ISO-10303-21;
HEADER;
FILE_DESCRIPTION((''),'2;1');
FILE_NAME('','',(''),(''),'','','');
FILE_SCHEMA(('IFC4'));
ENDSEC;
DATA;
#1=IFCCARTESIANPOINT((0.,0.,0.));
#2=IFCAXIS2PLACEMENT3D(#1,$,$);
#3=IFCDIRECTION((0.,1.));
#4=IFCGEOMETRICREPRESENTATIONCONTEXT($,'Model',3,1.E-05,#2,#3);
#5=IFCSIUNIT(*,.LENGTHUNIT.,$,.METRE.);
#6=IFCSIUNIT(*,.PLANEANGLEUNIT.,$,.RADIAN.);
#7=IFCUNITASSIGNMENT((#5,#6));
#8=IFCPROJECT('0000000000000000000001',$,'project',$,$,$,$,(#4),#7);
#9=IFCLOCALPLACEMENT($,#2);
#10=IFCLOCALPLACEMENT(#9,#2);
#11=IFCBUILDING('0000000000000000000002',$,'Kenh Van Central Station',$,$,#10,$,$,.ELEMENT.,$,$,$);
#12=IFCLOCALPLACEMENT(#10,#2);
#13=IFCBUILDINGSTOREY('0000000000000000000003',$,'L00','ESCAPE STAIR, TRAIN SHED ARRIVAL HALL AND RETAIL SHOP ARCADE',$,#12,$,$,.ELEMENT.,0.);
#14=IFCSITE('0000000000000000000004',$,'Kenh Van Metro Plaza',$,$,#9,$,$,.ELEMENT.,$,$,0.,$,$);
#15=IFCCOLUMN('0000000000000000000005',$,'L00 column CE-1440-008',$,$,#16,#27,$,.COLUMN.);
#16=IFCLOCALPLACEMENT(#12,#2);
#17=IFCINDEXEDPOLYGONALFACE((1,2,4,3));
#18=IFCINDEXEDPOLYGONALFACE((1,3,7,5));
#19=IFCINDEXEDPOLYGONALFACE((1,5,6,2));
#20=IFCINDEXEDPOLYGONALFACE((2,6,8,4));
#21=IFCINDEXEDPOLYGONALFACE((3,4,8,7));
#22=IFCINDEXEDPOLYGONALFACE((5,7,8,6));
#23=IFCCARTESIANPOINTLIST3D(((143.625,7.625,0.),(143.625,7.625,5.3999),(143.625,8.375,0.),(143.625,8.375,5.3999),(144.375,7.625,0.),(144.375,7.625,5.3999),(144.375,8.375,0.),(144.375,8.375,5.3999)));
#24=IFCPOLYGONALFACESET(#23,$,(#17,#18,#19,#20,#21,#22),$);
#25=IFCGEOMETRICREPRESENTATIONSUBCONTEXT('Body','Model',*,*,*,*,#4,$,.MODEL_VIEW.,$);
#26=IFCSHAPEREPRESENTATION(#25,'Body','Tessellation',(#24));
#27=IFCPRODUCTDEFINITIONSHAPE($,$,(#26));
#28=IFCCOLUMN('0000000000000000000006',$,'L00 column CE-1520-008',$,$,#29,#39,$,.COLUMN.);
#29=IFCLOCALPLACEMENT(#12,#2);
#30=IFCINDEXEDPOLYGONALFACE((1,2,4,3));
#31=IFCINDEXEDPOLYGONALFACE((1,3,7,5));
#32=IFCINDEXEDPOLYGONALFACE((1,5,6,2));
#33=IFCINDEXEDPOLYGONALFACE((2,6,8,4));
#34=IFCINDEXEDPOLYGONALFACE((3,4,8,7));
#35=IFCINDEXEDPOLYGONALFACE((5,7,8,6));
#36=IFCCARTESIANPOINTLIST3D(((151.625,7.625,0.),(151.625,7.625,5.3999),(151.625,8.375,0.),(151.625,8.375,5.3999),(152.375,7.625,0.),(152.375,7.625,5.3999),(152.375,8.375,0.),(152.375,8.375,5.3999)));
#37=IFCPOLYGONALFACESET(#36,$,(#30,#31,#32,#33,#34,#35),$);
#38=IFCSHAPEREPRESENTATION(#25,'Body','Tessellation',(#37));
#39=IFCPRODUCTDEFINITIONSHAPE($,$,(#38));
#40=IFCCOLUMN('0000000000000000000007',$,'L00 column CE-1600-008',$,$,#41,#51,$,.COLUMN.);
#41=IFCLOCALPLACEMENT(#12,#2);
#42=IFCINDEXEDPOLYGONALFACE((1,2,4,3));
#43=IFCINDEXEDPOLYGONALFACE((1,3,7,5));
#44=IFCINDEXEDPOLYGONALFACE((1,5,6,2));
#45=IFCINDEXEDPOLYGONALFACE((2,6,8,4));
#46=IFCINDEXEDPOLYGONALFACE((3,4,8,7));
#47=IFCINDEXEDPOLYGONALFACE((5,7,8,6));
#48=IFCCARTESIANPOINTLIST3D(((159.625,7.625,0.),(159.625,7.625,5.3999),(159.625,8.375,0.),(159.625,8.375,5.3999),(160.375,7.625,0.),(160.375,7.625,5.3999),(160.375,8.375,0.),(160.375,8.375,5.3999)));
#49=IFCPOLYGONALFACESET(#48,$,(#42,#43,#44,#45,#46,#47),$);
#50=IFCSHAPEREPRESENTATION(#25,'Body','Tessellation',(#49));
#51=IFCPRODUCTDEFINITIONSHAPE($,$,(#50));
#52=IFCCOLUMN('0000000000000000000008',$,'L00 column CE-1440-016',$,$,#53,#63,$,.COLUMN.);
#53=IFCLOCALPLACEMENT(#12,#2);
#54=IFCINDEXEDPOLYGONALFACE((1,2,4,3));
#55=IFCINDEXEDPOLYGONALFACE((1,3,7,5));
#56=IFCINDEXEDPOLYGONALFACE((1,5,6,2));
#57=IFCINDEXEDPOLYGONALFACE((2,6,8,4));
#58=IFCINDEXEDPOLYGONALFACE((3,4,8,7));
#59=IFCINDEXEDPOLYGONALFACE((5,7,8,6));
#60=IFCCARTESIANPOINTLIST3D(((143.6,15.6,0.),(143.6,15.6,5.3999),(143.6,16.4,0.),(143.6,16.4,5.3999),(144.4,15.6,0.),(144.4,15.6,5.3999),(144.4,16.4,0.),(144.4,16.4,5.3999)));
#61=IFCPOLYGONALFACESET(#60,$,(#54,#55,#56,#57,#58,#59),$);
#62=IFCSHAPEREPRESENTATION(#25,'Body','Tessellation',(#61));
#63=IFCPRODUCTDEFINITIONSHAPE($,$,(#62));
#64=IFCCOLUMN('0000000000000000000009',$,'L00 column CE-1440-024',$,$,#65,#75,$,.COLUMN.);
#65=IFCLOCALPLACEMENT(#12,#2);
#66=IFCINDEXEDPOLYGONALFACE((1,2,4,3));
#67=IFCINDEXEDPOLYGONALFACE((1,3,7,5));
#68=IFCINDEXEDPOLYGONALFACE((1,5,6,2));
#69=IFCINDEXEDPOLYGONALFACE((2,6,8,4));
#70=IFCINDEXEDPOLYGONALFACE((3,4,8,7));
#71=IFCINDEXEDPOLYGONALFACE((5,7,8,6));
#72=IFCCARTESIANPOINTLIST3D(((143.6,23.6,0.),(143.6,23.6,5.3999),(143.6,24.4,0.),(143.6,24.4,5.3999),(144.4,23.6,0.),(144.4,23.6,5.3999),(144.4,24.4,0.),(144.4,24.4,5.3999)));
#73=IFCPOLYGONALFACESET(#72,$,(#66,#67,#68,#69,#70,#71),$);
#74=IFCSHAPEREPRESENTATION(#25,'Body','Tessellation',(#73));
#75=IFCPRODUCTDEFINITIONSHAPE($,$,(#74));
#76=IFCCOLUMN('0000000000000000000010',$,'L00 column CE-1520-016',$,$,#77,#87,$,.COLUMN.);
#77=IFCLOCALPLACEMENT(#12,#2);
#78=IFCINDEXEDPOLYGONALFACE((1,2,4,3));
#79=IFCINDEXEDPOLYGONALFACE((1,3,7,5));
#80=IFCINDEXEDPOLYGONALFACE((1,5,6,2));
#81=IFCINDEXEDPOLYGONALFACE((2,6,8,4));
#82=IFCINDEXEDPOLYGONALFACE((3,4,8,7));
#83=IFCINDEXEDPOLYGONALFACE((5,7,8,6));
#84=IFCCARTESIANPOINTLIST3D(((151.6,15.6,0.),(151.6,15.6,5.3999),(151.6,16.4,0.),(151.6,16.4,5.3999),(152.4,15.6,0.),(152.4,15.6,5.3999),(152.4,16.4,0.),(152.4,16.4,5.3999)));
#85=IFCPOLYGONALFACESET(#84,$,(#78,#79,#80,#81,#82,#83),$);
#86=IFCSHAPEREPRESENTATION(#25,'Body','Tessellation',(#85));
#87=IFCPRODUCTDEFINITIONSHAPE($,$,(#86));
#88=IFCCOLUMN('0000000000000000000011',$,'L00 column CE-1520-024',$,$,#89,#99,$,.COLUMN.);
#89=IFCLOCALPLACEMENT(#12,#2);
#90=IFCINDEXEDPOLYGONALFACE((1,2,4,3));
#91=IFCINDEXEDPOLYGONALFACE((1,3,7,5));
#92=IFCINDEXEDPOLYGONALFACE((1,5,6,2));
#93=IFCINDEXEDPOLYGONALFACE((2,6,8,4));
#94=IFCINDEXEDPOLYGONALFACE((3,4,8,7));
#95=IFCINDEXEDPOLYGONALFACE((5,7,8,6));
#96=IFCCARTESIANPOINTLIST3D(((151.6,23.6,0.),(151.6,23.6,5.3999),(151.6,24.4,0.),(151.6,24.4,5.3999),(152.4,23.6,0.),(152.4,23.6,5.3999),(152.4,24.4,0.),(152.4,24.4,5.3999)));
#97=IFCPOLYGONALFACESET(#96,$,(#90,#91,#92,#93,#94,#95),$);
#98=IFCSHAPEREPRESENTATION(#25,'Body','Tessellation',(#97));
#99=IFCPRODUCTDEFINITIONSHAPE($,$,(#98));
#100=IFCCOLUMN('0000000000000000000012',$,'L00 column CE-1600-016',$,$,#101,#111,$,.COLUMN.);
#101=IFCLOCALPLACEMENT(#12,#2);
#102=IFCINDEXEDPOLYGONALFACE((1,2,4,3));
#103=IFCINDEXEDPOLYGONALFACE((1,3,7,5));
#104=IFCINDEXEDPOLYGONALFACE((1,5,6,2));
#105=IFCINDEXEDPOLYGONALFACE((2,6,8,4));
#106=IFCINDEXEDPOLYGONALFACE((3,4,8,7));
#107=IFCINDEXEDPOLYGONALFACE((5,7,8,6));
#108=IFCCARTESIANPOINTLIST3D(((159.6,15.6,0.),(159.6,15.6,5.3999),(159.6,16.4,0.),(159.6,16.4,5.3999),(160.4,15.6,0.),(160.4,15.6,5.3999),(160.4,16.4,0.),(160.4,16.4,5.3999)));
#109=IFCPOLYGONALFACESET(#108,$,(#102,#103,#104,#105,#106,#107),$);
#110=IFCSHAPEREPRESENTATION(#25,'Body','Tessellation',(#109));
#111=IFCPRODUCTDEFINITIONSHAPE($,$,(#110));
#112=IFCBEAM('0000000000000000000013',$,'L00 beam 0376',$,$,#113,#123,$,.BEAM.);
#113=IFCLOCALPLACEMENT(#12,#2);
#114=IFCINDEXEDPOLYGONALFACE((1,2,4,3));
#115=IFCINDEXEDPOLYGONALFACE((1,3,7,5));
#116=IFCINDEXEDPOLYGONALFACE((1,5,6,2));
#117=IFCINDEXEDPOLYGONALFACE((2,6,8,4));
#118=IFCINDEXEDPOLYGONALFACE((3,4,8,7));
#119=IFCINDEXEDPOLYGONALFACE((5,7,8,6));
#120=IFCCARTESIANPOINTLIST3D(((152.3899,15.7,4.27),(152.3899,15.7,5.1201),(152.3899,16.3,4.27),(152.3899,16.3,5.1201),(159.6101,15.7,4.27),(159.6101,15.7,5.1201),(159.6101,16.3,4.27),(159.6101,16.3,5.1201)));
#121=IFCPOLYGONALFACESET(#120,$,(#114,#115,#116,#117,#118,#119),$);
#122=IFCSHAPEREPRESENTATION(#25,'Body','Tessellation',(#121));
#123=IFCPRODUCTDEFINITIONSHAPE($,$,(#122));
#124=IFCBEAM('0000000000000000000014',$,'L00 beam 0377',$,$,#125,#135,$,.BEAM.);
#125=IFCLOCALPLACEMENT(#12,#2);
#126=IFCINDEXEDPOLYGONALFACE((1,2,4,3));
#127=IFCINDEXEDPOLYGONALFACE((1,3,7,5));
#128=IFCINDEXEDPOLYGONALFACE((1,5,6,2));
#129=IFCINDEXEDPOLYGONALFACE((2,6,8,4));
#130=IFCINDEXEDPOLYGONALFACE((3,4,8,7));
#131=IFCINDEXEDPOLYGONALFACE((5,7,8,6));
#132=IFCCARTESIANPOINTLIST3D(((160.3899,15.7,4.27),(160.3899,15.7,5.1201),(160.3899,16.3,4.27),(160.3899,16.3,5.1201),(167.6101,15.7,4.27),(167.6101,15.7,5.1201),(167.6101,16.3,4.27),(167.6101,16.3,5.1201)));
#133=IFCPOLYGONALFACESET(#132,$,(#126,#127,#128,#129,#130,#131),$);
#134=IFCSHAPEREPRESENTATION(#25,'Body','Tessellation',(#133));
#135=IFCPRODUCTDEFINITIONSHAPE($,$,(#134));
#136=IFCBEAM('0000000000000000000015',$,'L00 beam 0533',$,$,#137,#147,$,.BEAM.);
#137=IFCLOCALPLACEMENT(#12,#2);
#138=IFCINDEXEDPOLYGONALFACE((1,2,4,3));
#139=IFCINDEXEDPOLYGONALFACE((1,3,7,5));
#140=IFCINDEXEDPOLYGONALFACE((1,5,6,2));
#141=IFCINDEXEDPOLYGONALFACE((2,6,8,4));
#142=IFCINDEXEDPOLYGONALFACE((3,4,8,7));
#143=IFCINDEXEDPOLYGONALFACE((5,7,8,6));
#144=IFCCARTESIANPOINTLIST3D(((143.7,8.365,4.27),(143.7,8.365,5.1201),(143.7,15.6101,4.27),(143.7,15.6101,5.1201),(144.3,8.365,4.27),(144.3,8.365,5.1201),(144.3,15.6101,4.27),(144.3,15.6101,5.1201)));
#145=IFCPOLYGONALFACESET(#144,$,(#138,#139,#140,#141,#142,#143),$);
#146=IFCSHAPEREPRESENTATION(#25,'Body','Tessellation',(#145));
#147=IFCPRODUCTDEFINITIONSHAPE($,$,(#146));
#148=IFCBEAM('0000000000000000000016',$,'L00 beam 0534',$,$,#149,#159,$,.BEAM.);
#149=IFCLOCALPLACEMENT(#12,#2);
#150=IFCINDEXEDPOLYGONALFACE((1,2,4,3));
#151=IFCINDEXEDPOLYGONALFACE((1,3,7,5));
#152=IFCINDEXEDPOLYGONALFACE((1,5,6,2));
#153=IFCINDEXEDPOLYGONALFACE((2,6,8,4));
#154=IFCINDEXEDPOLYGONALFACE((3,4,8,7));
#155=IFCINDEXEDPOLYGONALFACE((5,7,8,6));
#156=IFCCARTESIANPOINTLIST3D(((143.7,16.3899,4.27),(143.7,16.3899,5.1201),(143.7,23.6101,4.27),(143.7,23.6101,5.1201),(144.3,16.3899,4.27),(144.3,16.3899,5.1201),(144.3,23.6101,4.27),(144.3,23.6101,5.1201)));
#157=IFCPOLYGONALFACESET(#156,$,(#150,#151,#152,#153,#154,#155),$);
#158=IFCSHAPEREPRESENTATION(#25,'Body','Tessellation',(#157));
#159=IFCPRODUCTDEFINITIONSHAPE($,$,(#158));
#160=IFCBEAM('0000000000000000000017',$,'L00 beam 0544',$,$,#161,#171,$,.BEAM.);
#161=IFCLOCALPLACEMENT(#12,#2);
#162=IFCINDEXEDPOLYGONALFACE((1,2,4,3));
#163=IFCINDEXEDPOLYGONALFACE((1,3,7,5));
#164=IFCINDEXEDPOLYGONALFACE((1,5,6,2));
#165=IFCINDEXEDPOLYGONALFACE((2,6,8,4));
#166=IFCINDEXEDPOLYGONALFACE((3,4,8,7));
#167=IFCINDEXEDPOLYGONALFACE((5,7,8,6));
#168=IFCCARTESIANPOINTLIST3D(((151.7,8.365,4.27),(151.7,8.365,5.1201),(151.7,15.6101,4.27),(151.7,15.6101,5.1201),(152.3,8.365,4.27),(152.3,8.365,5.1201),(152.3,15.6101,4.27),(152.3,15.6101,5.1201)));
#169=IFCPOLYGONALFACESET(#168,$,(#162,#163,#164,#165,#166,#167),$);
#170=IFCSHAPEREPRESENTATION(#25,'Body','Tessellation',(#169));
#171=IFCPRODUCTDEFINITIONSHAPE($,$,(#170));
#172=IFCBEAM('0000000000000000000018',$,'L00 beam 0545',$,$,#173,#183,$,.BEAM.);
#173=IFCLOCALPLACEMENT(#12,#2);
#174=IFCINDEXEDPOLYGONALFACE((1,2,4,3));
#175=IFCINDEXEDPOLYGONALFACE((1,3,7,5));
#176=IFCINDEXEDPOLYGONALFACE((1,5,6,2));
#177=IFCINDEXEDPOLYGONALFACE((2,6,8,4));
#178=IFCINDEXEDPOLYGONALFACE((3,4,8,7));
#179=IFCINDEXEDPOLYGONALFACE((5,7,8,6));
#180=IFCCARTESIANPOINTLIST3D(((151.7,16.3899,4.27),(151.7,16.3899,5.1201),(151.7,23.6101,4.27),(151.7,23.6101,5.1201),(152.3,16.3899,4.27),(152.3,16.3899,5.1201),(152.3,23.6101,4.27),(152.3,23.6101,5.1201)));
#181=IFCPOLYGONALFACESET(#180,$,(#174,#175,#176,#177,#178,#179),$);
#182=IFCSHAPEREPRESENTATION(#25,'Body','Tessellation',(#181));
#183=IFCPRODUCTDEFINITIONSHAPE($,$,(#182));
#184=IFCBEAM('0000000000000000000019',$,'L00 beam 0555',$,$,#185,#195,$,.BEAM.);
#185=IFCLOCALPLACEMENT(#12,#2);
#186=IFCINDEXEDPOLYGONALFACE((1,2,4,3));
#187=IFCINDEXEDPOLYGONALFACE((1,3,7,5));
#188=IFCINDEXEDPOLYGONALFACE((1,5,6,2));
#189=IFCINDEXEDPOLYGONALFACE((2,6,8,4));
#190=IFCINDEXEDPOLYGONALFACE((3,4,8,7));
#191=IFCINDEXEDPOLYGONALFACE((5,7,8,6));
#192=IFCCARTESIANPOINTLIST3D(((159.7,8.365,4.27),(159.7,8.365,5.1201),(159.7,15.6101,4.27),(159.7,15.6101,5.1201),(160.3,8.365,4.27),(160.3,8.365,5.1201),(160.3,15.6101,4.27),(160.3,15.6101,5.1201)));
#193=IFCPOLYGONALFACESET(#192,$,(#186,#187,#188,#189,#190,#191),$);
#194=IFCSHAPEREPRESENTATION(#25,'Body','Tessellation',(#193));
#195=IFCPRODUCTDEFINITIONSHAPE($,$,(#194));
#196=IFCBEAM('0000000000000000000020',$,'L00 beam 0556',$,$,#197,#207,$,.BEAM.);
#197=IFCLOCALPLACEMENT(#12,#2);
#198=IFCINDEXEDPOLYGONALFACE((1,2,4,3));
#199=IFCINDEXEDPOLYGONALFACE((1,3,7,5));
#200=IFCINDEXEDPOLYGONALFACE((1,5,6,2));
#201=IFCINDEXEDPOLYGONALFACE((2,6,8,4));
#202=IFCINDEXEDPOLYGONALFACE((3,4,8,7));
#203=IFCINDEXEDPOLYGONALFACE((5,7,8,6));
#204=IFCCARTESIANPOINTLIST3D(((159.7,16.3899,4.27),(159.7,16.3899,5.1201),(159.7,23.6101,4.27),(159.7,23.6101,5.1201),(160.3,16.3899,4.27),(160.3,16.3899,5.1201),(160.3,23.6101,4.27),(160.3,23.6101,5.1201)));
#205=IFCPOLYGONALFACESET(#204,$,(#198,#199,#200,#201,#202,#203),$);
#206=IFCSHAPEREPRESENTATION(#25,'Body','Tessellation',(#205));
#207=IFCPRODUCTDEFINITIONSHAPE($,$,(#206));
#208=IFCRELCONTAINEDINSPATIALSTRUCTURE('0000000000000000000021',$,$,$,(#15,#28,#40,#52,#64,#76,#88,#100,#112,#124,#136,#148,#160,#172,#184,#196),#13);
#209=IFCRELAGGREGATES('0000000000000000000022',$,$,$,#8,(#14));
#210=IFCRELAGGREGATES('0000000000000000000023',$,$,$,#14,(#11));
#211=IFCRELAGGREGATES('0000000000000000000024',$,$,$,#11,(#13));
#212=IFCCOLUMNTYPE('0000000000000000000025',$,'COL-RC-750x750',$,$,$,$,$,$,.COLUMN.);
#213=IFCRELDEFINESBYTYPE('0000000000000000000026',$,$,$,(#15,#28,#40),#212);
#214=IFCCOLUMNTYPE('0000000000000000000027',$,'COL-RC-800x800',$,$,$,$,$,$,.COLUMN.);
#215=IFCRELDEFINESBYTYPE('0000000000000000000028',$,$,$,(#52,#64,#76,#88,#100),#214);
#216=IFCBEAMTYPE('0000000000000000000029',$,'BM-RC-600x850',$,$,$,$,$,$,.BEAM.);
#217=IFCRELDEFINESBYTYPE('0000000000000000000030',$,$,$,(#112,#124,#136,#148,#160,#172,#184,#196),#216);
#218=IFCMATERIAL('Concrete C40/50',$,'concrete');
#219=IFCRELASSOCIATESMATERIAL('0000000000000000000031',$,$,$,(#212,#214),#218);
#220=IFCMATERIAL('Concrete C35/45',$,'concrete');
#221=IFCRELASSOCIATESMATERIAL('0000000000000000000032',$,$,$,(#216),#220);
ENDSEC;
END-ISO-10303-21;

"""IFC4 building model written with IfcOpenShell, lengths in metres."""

from ifc_helpers import new_model, si_unit, direction, frame, origin, origin_2d, place, context, subcontext, project, spatial, rectangle, extrude, material, material_profile, profile_set, type_object, element, save


model = new_model("IFC4")

# Units and contexts
model_context = context("Model", 3, precision=1e-05, world=origin(), true_north=direction((0.0, 1.0)))
body_context = subcontext(model_context, "Body", "Model", "MODEL_VIEW")
ifc_project = project(units=[si_unit("LENGTHUNIT", "METRE"), si_unit("PLANEANGLEUNIT", "RADIAN")], contexts=[model_context])

# Site, building, storey
site_placement = place(None, origin())
site = spatial("IfcSite", under=ifc_project, at=site_placement, Name="Kenh Van Metro Plaza", CompositionType="ELEMENT", RefElevation=0.0)
building_placement = place(site_placement, origin())
building = spatial("IfcBuilding", under=site, at=building_placement, Name="Kenh Van Central Station", CompositionType="ELEMENT")
storey_placement = place(building_placement, origin())
storey = spatial("IfcBuildingStorey", under=building, at=storey_placement, Name="L00", Description="ESCAPE STAIR, TRAIN SHED ARRIVAL HALL AND RETAIL SHOP ARCADE", CompositionType="ELEMENT", Elevation=0.0)

# Columns
ifc_material_1 = material(Name="Concrete C40/50", Category="concrete")
ifc_material_profile_1 = material_profile(ifc_material_1, rectangle(XDim=0.75, YDim=0.75, at=origin_2d()), Name="RC 750x750")
ifc_profile_set_1 = profile_set([ifc_material_profile_1], Name="Concrete C40/50")
column_type_1 = type_object("IfcColumnType", Name="COL-RC-750x750", PredefinedType="COLUMN", material=ifc_profile_set_1)
for number, where, z_axis, x_axis, name in (
    (1, (144.0, 8.0, 0.0), (0.0, 0.0, 1.0), (1.0, 0.0, 0.0), "L00 column CE-1440-008"),
    (2, (152.0, 8.0, 0.0), (0.0, 0.0, 1.0), (1.0, 0.0, 0.0), "L00 column CE-1520-008"),
    (3, (160.0, 8.0, 0.0), (0.0, 0.0, 1.0), (1.0, 0.0, 0.0), "L00 column CE-1600-008"),
):
    element("IfcColumn", number, at=place(storey_placement, frame(where, z_axis=z_axis, x_axis=x_axis)), inside=storey, type_object=column_type_1, Name=name, PredefinedType="COLUMN", context=body_context, shape_type="SweptSolid", body=[
        extrude(rectangle(XDim=0.75, YDim=0.75, at=origin_2d()), origin(), (0.0, 0.0, 1.0), 5.3999),
    ])
ifc_material_profile_2 = material_profile(ifc_material_1, rectangle(XDim=0.8, YDim=0.8, at=origin_2d()), Name="RC 800x800")
ifc_profile_set_2 = profile_set([ifc_material_profile_2], Name="Concrete C40/50")
column_type_2 = type_object("IfcColumnType", Name="COL-RC-800x800", PredefinedType="COLUMN", material=ifc_profile_set_2)
for number, where, z_axis, x_axis, name in (
    (4, (144.0, 16.0, 0.0), (0.0, 0.0, 1.0), (1.0, 0.0, 0.0), "L00 column CE-1440-016"),
    (5, (144.0, 24.0, 0.0), (0.0, 0.0, 1.0), (1.0, 0.0, 0.0), "L00 column CE-1440-024"),
    (6, (152.0, 16.0, 0.0), (0.0, 0.0, 1.0), (1.0, 0.0, 0.0), "L00 column CE-1520-016"),
    (7, (152.0, 24.0, 0.0), (0.0, 0.0, 1.0), (1.0, 0.0, 0.0), "L00 column CE-1520-024"),
    (8, (160.0, 16.0, 0.0), (0.0, 0.0, 1.0), (1.0, 0.0, 0.0), "L00 column CE-1600-016"),
):
    element("IfcColumn", number, at=place(storey_placement, frame(where, z_axis=z_axis, x_axis=x_axis)), inside=storey, type_object=column_type_2, Name=name, PredefinedType="COLUMN", context=body_context, shape_type="SweptSolid", body=[
        extrude(rectangle(XDim=0.8, YDim=0.8, at=origin_2d()), origin(), (0.0, 0.0, 1.0), 5.3999),
    ])

# Beams
ifc_material_2 = material(Name="Concrete C35/45", Category="concrete")
ifc_material_profile_3 = material_profile(ifc_material_2, rectangle(XDim=0.6001, YDim=0.8501, at=origin_2d()), Name="RC 600x850")
ifc_profile_set_3 = profile_set([ifc_material_profile_3], Name="Concrete C35/45")
beam_type_1 = type_object("IfcBeamType", Name="BM-RC-600x850", PredefinedType="BEAM", material=ifc_profile_set_3)
for number, where, z_axis, x_axis, name in (
    (9, (152.3899, 16.0, 4.6951), (1.0, 0.0, 0.0), (0.0, 1.0, 0.0), "L00 beam 0376"),
    (10, (160.3899, 16.0, 4.6951), (1.0, 0.0, 0.0), (0.0, 1.0, 0.0), "L00 beam 0377"),
):
    element("IfcBeam", number, at=place(storey_placement, frame(where, z_axis=z_axis, x_axis=x_axis)), inside=storey, type_object=beam_type_1, Name=name, PredefinedType="BEAM", context=body_context, shape_type="SweptSolid", body=[
        extrude(rectangle(XDim=0.6001, YDim=0.8501, at=origin_2d()), origin(), (0.0, 0.0, 1.0), 7.2202),
    ])
beam_1_placement = place(storey_placement, frame((144.0, 8.365, 4.6951), z_axis=(0.0, 1.0, 0.0), x_axis=(-1.0, 0.0, 0.0)))
element("IfcBeam", 11, at=beam_1_placement, inside=storey, type_object=beam_type_1, Name="L00 beam 0533", PredefinedType="BEAM", context=body_context, shape_type="SweptSolid", body=[
    extrude(rectangle(XDim=0.6001, YDim=0.8501, at=origin_2d()), origin(), (0.0, 0.0, 1.0), 7.2451),
])
beam_2_placement = place(storey_placement, frame((144.0, 16.3899, 4.6951), z_axis=(0.0, 1.0, 0.0), x_axis=(-1.0, 0.0, 0.0)))
element("IfcBeam", 12, at=beam_2_placement, inside=storey, type_object=beam_type_1, Name="L00 beam 0534", PredefinedType="BEAM", context=body_context, shape_type="SweptSolid", body=[
    extrude(rectangle(XDim=0.6001, YDim=0.8501, at=origin_2d()), origin(), (0.0, 0.0, 1.0), 7.2202),
])
beam_3_placement = place(storey_placement, frame((152.0, 8.365, 4.6951), z_axis=(0.0, 1.0, 0.0), x_axis=(-1.0, 0.0, 0.0)))
element("IfcBeam", 13, at=beam_3_placement, inside=storey, type_object=beam_type_1, Name="L00 beam 0544", PredefinedType="BEAM", context=body_context, shape_type="SweptSolid", body=[
    extrude(rectangle(XDim=0.6001, YDim=0.8501, at=origin_2d()), origin(), (0.0, 0.0, 1.0), 7.2451),
])
beam_4_placement = place(storey_placement, frame((152.0, 16.3899, 4.6951), z_axis=(0.0, 1.0, 0.0), x_axis=(-1.0, 0.0, 0.0)))
element("IfcBeam", 14, at=beam_4_placement, inside=storey, type_object=beam_type_1, Name="L00 beam 0545", PredefinedType="BEAM", context=body_context, shape_type="SweptSolid", body=[
    extrude(rectangle(XDim=0.6001, YDim=0.8501, at=origin_2d()), origin(), (0.0, 0.0, 1.0), 7.2202),
])
beam_5_placement = place(storey_placement, frame((160.0, 8.365, 4.6951), z_axis=(0.0, 1.0, 0.0), x_axis=(-1.0, 0.0, 0.0)))
element("IfcBeam", 15, at=beam_5_placement, inside=storey, type_object=beam_type_1, Name="L00 beam 0555", PredefinedType="BEAM", context=body_context, shape_type="SweptSolid", body=[
    extrude(rectangle(XDim=0.6001, YDim=0.8501, at=origin_2d()), origin(), (0.0, 0.0, 1.0), 7.2451),
])
beam_6_placement = place(storey_placement, frame((160.0, 16.3899, 4.6951), z_axis=(0.0, 1.0, 0.0), x_axis=(-1.0, 0.0, 0.0)))
element("IfcBeam", 16, at=beam_6_placement, inside=storey, type_object=beam_type_1, Name="L00 beam 0556", PredefinedType="BEAM", context=body_context, shape_type="SweptSolid", body=[
    extrude(rectangle(XDim=0.6001, YDim=0.8501, at=origin_2d()), origin(), (0.0, 0.0, 1.0), 7.2202),
])

save(model, "model.ifc")
